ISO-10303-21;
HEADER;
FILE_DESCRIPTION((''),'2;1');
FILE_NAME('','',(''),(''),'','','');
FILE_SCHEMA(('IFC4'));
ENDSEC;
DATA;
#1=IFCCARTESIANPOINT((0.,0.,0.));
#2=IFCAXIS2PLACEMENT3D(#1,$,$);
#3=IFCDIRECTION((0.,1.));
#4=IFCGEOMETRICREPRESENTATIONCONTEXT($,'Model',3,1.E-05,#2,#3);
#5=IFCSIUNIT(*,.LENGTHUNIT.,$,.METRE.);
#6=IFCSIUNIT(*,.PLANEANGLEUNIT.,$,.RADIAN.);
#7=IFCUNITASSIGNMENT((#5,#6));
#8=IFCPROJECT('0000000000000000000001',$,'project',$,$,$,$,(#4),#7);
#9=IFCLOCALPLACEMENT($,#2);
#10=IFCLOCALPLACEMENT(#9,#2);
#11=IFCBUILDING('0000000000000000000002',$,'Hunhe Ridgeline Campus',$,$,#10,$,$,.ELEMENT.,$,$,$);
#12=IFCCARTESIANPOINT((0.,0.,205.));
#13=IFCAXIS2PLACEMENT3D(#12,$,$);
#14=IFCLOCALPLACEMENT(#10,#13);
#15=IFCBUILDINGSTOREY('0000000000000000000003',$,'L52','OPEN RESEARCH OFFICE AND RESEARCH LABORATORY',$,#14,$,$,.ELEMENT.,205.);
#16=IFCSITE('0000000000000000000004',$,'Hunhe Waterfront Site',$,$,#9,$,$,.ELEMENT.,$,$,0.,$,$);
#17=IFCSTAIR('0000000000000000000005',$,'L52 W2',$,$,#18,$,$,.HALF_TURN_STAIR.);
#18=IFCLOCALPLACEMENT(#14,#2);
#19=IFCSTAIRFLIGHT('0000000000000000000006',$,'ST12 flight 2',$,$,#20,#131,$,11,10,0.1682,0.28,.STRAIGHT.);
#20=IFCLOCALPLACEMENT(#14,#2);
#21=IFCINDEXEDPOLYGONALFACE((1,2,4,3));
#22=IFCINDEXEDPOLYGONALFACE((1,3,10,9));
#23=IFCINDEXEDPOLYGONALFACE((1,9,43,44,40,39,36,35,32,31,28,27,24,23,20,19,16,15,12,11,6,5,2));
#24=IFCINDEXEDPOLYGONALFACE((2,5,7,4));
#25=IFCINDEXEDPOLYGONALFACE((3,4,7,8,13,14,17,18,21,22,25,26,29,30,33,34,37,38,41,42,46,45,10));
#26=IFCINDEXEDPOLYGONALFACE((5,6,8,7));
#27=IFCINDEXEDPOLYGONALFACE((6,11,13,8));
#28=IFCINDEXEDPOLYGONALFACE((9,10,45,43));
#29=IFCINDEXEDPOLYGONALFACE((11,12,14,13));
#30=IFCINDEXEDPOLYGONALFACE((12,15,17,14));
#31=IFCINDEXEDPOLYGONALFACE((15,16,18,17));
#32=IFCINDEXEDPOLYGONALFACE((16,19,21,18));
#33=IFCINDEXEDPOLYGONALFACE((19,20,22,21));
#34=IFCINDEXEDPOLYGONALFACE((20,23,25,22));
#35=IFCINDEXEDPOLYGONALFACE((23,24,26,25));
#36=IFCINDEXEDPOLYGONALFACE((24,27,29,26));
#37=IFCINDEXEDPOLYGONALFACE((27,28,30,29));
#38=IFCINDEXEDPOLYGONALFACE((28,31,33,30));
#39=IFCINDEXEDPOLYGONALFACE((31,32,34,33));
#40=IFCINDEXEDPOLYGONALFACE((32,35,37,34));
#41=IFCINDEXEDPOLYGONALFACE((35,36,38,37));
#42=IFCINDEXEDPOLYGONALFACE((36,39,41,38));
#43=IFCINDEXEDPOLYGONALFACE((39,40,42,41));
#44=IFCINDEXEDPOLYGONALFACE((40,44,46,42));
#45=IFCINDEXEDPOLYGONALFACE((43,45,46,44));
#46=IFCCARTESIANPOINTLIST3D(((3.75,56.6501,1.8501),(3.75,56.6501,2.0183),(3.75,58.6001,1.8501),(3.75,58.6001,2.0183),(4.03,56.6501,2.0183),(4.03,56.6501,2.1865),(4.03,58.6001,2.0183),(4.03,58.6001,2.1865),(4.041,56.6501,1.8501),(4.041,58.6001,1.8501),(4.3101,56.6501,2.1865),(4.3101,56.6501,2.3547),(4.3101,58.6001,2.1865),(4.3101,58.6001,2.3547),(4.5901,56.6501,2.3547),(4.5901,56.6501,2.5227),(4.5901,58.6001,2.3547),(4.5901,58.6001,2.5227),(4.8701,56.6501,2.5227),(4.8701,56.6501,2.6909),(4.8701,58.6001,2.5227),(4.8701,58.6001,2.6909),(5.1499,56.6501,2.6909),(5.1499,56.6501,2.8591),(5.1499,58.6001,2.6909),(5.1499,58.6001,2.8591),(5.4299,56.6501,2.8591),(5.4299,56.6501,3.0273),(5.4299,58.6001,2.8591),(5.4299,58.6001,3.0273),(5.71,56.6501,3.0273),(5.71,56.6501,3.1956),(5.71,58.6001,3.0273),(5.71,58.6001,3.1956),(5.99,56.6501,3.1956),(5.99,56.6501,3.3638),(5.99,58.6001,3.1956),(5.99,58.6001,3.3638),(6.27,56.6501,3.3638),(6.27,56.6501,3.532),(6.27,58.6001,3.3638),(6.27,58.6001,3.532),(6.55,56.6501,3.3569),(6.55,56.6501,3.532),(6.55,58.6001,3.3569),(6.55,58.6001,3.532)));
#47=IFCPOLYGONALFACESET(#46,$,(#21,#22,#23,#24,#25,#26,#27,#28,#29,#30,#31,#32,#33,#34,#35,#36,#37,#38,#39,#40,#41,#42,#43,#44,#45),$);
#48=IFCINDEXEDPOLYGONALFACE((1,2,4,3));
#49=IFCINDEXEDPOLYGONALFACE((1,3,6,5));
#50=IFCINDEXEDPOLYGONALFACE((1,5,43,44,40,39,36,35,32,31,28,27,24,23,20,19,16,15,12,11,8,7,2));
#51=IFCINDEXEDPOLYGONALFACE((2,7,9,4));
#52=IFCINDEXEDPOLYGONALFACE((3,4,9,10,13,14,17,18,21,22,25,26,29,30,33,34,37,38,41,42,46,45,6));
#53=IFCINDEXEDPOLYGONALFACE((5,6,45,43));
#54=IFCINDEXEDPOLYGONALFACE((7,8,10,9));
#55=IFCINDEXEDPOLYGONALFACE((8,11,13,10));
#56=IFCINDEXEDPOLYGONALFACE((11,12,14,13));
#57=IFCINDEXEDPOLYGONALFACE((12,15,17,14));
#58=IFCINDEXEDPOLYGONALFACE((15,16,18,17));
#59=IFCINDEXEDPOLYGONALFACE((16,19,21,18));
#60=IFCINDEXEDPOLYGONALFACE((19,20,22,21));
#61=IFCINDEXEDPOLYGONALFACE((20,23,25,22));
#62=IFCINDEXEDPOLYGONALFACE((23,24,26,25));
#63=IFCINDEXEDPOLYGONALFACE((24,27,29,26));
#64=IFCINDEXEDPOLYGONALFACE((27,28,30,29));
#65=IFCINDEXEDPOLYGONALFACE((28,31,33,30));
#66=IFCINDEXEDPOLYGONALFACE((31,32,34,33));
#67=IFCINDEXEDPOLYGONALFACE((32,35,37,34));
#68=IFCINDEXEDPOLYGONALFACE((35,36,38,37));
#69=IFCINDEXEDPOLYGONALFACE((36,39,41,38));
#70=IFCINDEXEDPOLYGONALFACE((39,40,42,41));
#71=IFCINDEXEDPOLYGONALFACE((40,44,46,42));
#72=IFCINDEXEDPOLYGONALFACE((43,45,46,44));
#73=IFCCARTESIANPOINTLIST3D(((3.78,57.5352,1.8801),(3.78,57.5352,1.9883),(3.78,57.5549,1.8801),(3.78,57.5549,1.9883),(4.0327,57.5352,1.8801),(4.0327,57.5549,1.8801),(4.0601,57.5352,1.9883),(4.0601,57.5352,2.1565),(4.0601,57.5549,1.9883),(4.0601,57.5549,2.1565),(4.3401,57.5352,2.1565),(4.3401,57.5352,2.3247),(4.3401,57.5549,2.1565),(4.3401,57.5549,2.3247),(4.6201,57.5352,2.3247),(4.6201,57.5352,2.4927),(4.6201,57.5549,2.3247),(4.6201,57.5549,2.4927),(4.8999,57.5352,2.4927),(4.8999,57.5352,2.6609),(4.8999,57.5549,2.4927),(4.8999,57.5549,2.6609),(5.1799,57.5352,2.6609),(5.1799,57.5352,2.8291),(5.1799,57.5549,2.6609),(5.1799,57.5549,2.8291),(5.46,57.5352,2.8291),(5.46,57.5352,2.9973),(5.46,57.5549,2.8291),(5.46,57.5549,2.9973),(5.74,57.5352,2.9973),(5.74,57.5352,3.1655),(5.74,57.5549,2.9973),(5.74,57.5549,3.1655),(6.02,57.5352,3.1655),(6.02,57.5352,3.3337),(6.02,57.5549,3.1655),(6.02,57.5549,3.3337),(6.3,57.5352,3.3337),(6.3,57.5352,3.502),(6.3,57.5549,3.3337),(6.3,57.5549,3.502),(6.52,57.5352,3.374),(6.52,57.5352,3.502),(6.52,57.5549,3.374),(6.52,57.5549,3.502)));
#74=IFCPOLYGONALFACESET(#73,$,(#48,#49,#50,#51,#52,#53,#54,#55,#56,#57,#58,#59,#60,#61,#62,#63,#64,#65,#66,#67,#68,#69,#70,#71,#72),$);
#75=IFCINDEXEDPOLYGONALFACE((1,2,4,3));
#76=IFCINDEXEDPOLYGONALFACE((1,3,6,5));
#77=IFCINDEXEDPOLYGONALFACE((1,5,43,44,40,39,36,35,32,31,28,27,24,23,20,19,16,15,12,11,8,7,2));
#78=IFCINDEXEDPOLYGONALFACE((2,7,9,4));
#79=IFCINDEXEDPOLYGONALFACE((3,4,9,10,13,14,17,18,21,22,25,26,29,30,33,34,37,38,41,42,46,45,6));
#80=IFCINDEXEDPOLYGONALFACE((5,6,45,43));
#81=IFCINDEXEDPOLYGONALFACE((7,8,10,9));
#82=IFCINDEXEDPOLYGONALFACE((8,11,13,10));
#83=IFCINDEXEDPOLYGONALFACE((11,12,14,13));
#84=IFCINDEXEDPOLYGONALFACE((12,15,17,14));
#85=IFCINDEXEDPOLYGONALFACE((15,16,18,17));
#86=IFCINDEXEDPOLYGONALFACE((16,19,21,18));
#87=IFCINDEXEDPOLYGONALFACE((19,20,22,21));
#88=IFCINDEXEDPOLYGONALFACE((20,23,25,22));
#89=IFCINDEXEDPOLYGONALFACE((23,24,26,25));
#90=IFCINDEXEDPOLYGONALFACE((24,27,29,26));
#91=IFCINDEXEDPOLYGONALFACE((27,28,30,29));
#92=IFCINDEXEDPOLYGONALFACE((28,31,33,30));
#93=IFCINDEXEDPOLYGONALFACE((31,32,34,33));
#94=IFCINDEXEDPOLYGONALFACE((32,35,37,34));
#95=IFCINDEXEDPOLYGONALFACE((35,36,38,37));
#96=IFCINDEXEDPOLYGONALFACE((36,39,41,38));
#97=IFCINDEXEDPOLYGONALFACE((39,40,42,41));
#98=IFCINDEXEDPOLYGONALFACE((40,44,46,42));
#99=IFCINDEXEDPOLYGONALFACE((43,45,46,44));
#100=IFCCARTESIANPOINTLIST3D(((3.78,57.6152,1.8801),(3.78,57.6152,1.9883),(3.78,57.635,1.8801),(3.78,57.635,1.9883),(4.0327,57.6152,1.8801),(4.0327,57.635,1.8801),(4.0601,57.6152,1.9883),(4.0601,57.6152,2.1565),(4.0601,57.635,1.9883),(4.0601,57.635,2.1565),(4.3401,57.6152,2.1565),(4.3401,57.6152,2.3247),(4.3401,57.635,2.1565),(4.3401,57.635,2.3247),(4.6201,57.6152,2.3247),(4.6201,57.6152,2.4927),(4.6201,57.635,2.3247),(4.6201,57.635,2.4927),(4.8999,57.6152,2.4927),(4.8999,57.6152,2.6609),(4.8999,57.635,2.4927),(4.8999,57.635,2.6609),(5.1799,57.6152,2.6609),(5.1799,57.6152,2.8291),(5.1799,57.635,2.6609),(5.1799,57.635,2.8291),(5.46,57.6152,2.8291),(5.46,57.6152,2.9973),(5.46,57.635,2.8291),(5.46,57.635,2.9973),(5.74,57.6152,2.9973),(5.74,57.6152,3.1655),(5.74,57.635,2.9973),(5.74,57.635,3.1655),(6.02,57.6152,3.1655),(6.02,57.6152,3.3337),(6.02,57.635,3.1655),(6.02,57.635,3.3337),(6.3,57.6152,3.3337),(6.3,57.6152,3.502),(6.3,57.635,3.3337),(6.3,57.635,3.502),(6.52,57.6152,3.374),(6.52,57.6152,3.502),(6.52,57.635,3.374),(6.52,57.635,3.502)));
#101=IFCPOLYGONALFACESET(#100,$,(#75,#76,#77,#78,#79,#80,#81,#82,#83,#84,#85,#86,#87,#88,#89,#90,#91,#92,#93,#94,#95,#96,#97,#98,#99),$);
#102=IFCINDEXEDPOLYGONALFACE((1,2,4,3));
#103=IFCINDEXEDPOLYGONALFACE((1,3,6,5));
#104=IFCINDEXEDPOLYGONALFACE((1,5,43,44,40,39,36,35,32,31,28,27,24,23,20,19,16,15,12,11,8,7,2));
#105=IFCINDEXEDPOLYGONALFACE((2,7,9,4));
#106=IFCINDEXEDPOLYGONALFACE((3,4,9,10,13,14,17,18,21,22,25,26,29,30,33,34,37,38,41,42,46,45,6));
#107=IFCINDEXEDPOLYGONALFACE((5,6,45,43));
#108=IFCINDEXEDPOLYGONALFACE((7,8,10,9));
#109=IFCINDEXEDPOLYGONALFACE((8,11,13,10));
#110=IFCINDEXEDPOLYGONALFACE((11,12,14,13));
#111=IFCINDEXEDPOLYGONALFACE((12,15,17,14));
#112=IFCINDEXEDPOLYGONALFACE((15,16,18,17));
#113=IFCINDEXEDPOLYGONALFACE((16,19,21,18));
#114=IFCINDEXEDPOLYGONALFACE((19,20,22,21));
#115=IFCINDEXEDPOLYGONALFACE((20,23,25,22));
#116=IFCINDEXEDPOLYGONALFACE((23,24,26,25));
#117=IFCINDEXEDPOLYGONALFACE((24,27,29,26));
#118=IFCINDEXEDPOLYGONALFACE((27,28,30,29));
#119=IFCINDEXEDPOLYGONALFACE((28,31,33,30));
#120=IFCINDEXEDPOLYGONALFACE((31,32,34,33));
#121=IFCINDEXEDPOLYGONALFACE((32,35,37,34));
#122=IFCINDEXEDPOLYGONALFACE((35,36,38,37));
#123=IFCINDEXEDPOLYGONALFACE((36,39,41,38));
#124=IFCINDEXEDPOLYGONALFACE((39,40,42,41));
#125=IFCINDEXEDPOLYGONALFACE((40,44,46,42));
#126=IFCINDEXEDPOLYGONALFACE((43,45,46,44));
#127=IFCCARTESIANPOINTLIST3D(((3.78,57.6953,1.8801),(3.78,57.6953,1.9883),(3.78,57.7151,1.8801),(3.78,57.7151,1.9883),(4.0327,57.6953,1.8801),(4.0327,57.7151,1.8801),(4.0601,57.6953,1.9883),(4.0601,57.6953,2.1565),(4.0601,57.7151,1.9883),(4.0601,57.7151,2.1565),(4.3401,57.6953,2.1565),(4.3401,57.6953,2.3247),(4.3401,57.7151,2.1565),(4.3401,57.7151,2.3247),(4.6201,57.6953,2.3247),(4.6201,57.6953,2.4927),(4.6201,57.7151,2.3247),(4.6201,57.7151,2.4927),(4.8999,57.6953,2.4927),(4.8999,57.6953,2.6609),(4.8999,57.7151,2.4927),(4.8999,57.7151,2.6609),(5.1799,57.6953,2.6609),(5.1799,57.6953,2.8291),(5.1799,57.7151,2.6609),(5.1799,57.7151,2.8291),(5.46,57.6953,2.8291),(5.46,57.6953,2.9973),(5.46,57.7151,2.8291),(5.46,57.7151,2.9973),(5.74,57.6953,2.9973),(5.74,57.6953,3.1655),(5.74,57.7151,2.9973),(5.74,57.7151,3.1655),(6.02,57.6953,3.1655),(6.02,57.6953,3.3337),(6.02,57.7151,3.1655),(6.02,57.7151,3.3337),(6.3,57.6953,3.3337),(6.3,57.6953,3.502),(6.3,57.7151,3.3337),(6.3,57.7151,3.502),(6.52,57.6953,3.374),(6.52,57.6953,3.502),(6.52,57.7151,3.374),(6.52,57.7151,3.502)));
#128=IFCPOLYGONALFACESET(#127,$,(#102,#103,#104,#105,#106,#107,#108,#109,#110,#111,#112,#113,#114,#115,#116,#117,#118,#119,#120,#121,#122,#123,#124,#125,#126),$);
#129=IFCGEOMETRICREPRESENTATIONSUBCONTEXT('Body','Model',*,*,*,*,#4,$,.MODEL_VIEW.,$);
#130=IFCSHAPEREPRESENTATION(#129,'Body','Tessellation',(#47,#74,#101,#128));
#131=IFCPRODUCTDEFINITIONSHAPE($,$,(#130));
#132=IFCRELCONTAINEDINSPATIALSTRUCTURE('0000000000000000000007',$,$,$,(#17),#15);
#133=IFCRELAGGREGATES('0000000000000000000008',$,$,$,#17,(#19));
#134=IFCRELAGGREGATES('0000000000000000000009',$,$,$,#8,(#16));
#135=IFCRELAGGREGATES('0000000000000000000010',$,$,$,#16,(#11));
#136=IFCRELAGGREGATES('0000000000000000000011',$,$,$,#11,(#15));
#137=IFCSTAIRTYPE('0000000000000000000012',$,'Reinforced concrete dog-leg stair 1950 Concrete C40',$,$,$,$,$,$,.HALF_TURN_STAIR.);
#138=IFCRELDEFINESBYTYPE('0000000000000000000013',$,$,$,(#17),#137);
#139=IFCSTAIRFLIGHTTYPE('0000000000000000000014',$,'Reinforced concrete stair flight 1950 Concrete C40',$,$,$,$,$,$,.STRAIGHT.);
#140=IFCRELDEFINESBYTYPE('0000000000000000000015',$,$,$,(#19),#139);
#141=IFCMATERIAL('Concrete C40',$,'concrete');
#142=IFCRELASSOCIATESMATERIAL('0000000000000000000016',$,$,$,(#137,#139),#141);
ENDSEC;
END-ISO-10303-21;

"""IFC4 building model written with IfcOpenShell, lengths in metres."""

from ifc_helpers import new_model, si_unit, direction, frame, origin, place, context, subcontext, project, spatial, polyline, outline, extrude, material, type_object, element, aggregate, save


model = new_model("IFC4")

# Units and contexts
model_context = context("Model", 3, precision=1e-05, world=origin(), true_north=direction((0.0, 1.0)))
body_context = subcontext(model_context, "Body", "Model", "MODEL_VIEW")
ifc_project = project(units=[si_unit("LENGTHUNIT", "METRE"), si_unit("PLANEANGLEUNIT", "RADIAN")], contexts=[model_context])

# Site, building, storey
site_placement = place(None, origin())
site = spatial("IfcSite", under=ifc_project, at=site_placement, Name="Hunhe Waterfront Site", CompositionType="ELEMENT", RefElevation=0.0)
building_placement = place(site_placement, origin())
building = spatial("IfcBuilding", under=site, at=building_placement, Name="Hunhe Ridgeline Campus", CompositionType="ELEMENT")
storey_placement = place(building_placement, frame((0.0, 0.0, 205.0)))
storey = spatial("IfcBuildingStorey", under=building, at=storey_placement, Name="L52", Description="OPEN RESEARCH OFFICE AND RESEARCH LABORATORY", CompositionType="ELEMENT", Elevation=205.0)

# Shared definitions
ifc_material_1 = material(Name="Concrete C40", Category="concrete")
stair_type = type_object("IfcStairType", Name="Reinforced concrete dog-leg stair 1950 Concrete C40", PredefinedType="HALF_TURN_STAIR", material=ifc_material_1)
stair_flight_type = type_object("IfcStairFlightType", Name="Reinforced concrete stair flight 1950 Concrete C40", PredefinedType="STRAIGHT", material=ifc_material_1)

# Stair, stair flight
stair_1_placement = place(storey_placement, origin())
stair_1 = element("IfcStair", 1, at=stair_1_placement, inside=storey, type_object=stair_type, Name="L52 W2", PredefinedType="HALF_TURN_STAIR")
stair_flight_1_placement = place(storey_placement, frame((3.75, 57.625, 1.8501), z_axis=(0.0, 0.0, 1.0), x_axis=(1.0, 0.0, 0.0)))
stair_flight_1 = element("IfcStairFlight", 2, at=stair_flight_1_placement, type_object=stair_flight_type, Name="ST12 flight 2", NumberOfRisers=11, NumberOfTreads=10, PredefinedType="STRAIGHT", RiserHeight=0.1682, TreadLength=0.28, context=body_context, shape_type="SweptSolid", body=[
    extrude(outline(polyline([(0.0, 0.0), (0.0, 0.1682), (0.28, 0.1682), (0.28, 0.3364), (0.5601, 0.3364), (0.5601, 0.5046), (0.8401, 0.5046), (0.8401, 0.6726), (1.1201, 0.6726), (1.1201, 0.8408), (1.3999, 0.8408), (1.3999, 1.009), (1.6799, 1.009), (1.6799, 1.1772), (1.96, 1.1772), (1.96, 1.3455), (2.24, 1.3455), (2.24, 1.5137), (2.52, 1.5137), (2.52, 1.6819), (2.8, 1.6819), (2.8, 1.8501), (2.8, 1.5068), (0.291, 0.0), (0.0, 0.0)])), frame((0.0, 0.9751, 0.0), z_axis=(0.0, -1.0, 0.0), x_axis=(1.0, 0.0, 0.0)), (0.0, 0.0, 1.0), 1.95),
    extrude(outline(polyline([(0.03, 0.03), (0.03, 0.1382), (0.3101, 0.1382), (0.3101, 0.3064), (0.5901, 0.3064), (0.5901, 0.4746), (0.8701, 0.4746), (0.8701, 0.6426), (1.1499, 0.6426), (1.1499, 0.8108), (1.4299, 0.8108), (1.4299, 0.979), (1.71, 0.979), (1.71, 1.1472), (1.99, 1.1472), (1.99, 1.3154), (2.27, 1.3154), (2.27, 1.4836), (2.55, 1.4836), (2.55, 1.6519), (2.77, 1.6519), (2.77, 1.5239), (0.2827, 0.03), (0.03, 0.03)])), frame((0.0, -0.0701, 0.0), z_axis=(0.0, -1.0, 0.0), x_axis=(1.0, 0.0, 0.0)), (0.0, 0.0, 1.0), 0.0198),
    extrude(outline(polyline([(0.03, 0.03), (0.03, 0.1382), (0.3101, 0.1382), (0.3101, 0.3064), (0.5901, 0.3064), (0.5901, 0.4746), (0.8701, 0.4746), (0.8701, 0.6426), (1.1499, 0.6426), (1.1499, 0.8108), (1.4299, 0.8108), (1.4299, 0.979), (1.71, 0.979), (1.71, 1.1472), (1.99, 1.1472), (1.99, 1.3154), (2.27, 1.3154), (2.27, 1.4836), (2.55, 1.4836), (2.55, 1.6519), (2.77, 1.6519), (2.77, 1.5239), (0.2827, 0.03), (0.03, 0.03)])), frame((0.0, 0.01, 0.0), z_axis=(0.0, -1.0, 0.0), x_axis=(1.0, 0.0, 0.0)), (0.0, 0.0, 1.0), 0.0198),
    extrude(outline(polyline([(0.03, 0.03), (0.03, 0.1382), (0.3101, 0.1382), (0.3101, 0.3064), (0.5901, 0.3064), (0.5901, 0.4746), (0.8701, 0.4746), (0.8701, 0.6426), (1.1499, 0.6426), (1.1499, 0.8108), (1.4299, 0.8108), (1.4299, 0.979), (1.71, 0.979), (1.71, 1.1472), (1.99, 1.1472), (1.99, 1.3154), (2.27, 1.3154), (2.27, 1.4836), (2.55, 1.4836), (2.55, 1.6519), (2.77, 1.6519), (2.77, 1.5239), (0.2827, 0.03), (0.03, 0.03)])), frame((0.0, 0.0901, 0.0), z_axis=(0.0, -1.0, 0.0), x_axis=(1.0, 0.0, 0.0)), (0.0, 0.0, 1.0), 0.0198),
])
aggregate(stair_1, [stair_flight_1])

save(model, "model.ifc")
